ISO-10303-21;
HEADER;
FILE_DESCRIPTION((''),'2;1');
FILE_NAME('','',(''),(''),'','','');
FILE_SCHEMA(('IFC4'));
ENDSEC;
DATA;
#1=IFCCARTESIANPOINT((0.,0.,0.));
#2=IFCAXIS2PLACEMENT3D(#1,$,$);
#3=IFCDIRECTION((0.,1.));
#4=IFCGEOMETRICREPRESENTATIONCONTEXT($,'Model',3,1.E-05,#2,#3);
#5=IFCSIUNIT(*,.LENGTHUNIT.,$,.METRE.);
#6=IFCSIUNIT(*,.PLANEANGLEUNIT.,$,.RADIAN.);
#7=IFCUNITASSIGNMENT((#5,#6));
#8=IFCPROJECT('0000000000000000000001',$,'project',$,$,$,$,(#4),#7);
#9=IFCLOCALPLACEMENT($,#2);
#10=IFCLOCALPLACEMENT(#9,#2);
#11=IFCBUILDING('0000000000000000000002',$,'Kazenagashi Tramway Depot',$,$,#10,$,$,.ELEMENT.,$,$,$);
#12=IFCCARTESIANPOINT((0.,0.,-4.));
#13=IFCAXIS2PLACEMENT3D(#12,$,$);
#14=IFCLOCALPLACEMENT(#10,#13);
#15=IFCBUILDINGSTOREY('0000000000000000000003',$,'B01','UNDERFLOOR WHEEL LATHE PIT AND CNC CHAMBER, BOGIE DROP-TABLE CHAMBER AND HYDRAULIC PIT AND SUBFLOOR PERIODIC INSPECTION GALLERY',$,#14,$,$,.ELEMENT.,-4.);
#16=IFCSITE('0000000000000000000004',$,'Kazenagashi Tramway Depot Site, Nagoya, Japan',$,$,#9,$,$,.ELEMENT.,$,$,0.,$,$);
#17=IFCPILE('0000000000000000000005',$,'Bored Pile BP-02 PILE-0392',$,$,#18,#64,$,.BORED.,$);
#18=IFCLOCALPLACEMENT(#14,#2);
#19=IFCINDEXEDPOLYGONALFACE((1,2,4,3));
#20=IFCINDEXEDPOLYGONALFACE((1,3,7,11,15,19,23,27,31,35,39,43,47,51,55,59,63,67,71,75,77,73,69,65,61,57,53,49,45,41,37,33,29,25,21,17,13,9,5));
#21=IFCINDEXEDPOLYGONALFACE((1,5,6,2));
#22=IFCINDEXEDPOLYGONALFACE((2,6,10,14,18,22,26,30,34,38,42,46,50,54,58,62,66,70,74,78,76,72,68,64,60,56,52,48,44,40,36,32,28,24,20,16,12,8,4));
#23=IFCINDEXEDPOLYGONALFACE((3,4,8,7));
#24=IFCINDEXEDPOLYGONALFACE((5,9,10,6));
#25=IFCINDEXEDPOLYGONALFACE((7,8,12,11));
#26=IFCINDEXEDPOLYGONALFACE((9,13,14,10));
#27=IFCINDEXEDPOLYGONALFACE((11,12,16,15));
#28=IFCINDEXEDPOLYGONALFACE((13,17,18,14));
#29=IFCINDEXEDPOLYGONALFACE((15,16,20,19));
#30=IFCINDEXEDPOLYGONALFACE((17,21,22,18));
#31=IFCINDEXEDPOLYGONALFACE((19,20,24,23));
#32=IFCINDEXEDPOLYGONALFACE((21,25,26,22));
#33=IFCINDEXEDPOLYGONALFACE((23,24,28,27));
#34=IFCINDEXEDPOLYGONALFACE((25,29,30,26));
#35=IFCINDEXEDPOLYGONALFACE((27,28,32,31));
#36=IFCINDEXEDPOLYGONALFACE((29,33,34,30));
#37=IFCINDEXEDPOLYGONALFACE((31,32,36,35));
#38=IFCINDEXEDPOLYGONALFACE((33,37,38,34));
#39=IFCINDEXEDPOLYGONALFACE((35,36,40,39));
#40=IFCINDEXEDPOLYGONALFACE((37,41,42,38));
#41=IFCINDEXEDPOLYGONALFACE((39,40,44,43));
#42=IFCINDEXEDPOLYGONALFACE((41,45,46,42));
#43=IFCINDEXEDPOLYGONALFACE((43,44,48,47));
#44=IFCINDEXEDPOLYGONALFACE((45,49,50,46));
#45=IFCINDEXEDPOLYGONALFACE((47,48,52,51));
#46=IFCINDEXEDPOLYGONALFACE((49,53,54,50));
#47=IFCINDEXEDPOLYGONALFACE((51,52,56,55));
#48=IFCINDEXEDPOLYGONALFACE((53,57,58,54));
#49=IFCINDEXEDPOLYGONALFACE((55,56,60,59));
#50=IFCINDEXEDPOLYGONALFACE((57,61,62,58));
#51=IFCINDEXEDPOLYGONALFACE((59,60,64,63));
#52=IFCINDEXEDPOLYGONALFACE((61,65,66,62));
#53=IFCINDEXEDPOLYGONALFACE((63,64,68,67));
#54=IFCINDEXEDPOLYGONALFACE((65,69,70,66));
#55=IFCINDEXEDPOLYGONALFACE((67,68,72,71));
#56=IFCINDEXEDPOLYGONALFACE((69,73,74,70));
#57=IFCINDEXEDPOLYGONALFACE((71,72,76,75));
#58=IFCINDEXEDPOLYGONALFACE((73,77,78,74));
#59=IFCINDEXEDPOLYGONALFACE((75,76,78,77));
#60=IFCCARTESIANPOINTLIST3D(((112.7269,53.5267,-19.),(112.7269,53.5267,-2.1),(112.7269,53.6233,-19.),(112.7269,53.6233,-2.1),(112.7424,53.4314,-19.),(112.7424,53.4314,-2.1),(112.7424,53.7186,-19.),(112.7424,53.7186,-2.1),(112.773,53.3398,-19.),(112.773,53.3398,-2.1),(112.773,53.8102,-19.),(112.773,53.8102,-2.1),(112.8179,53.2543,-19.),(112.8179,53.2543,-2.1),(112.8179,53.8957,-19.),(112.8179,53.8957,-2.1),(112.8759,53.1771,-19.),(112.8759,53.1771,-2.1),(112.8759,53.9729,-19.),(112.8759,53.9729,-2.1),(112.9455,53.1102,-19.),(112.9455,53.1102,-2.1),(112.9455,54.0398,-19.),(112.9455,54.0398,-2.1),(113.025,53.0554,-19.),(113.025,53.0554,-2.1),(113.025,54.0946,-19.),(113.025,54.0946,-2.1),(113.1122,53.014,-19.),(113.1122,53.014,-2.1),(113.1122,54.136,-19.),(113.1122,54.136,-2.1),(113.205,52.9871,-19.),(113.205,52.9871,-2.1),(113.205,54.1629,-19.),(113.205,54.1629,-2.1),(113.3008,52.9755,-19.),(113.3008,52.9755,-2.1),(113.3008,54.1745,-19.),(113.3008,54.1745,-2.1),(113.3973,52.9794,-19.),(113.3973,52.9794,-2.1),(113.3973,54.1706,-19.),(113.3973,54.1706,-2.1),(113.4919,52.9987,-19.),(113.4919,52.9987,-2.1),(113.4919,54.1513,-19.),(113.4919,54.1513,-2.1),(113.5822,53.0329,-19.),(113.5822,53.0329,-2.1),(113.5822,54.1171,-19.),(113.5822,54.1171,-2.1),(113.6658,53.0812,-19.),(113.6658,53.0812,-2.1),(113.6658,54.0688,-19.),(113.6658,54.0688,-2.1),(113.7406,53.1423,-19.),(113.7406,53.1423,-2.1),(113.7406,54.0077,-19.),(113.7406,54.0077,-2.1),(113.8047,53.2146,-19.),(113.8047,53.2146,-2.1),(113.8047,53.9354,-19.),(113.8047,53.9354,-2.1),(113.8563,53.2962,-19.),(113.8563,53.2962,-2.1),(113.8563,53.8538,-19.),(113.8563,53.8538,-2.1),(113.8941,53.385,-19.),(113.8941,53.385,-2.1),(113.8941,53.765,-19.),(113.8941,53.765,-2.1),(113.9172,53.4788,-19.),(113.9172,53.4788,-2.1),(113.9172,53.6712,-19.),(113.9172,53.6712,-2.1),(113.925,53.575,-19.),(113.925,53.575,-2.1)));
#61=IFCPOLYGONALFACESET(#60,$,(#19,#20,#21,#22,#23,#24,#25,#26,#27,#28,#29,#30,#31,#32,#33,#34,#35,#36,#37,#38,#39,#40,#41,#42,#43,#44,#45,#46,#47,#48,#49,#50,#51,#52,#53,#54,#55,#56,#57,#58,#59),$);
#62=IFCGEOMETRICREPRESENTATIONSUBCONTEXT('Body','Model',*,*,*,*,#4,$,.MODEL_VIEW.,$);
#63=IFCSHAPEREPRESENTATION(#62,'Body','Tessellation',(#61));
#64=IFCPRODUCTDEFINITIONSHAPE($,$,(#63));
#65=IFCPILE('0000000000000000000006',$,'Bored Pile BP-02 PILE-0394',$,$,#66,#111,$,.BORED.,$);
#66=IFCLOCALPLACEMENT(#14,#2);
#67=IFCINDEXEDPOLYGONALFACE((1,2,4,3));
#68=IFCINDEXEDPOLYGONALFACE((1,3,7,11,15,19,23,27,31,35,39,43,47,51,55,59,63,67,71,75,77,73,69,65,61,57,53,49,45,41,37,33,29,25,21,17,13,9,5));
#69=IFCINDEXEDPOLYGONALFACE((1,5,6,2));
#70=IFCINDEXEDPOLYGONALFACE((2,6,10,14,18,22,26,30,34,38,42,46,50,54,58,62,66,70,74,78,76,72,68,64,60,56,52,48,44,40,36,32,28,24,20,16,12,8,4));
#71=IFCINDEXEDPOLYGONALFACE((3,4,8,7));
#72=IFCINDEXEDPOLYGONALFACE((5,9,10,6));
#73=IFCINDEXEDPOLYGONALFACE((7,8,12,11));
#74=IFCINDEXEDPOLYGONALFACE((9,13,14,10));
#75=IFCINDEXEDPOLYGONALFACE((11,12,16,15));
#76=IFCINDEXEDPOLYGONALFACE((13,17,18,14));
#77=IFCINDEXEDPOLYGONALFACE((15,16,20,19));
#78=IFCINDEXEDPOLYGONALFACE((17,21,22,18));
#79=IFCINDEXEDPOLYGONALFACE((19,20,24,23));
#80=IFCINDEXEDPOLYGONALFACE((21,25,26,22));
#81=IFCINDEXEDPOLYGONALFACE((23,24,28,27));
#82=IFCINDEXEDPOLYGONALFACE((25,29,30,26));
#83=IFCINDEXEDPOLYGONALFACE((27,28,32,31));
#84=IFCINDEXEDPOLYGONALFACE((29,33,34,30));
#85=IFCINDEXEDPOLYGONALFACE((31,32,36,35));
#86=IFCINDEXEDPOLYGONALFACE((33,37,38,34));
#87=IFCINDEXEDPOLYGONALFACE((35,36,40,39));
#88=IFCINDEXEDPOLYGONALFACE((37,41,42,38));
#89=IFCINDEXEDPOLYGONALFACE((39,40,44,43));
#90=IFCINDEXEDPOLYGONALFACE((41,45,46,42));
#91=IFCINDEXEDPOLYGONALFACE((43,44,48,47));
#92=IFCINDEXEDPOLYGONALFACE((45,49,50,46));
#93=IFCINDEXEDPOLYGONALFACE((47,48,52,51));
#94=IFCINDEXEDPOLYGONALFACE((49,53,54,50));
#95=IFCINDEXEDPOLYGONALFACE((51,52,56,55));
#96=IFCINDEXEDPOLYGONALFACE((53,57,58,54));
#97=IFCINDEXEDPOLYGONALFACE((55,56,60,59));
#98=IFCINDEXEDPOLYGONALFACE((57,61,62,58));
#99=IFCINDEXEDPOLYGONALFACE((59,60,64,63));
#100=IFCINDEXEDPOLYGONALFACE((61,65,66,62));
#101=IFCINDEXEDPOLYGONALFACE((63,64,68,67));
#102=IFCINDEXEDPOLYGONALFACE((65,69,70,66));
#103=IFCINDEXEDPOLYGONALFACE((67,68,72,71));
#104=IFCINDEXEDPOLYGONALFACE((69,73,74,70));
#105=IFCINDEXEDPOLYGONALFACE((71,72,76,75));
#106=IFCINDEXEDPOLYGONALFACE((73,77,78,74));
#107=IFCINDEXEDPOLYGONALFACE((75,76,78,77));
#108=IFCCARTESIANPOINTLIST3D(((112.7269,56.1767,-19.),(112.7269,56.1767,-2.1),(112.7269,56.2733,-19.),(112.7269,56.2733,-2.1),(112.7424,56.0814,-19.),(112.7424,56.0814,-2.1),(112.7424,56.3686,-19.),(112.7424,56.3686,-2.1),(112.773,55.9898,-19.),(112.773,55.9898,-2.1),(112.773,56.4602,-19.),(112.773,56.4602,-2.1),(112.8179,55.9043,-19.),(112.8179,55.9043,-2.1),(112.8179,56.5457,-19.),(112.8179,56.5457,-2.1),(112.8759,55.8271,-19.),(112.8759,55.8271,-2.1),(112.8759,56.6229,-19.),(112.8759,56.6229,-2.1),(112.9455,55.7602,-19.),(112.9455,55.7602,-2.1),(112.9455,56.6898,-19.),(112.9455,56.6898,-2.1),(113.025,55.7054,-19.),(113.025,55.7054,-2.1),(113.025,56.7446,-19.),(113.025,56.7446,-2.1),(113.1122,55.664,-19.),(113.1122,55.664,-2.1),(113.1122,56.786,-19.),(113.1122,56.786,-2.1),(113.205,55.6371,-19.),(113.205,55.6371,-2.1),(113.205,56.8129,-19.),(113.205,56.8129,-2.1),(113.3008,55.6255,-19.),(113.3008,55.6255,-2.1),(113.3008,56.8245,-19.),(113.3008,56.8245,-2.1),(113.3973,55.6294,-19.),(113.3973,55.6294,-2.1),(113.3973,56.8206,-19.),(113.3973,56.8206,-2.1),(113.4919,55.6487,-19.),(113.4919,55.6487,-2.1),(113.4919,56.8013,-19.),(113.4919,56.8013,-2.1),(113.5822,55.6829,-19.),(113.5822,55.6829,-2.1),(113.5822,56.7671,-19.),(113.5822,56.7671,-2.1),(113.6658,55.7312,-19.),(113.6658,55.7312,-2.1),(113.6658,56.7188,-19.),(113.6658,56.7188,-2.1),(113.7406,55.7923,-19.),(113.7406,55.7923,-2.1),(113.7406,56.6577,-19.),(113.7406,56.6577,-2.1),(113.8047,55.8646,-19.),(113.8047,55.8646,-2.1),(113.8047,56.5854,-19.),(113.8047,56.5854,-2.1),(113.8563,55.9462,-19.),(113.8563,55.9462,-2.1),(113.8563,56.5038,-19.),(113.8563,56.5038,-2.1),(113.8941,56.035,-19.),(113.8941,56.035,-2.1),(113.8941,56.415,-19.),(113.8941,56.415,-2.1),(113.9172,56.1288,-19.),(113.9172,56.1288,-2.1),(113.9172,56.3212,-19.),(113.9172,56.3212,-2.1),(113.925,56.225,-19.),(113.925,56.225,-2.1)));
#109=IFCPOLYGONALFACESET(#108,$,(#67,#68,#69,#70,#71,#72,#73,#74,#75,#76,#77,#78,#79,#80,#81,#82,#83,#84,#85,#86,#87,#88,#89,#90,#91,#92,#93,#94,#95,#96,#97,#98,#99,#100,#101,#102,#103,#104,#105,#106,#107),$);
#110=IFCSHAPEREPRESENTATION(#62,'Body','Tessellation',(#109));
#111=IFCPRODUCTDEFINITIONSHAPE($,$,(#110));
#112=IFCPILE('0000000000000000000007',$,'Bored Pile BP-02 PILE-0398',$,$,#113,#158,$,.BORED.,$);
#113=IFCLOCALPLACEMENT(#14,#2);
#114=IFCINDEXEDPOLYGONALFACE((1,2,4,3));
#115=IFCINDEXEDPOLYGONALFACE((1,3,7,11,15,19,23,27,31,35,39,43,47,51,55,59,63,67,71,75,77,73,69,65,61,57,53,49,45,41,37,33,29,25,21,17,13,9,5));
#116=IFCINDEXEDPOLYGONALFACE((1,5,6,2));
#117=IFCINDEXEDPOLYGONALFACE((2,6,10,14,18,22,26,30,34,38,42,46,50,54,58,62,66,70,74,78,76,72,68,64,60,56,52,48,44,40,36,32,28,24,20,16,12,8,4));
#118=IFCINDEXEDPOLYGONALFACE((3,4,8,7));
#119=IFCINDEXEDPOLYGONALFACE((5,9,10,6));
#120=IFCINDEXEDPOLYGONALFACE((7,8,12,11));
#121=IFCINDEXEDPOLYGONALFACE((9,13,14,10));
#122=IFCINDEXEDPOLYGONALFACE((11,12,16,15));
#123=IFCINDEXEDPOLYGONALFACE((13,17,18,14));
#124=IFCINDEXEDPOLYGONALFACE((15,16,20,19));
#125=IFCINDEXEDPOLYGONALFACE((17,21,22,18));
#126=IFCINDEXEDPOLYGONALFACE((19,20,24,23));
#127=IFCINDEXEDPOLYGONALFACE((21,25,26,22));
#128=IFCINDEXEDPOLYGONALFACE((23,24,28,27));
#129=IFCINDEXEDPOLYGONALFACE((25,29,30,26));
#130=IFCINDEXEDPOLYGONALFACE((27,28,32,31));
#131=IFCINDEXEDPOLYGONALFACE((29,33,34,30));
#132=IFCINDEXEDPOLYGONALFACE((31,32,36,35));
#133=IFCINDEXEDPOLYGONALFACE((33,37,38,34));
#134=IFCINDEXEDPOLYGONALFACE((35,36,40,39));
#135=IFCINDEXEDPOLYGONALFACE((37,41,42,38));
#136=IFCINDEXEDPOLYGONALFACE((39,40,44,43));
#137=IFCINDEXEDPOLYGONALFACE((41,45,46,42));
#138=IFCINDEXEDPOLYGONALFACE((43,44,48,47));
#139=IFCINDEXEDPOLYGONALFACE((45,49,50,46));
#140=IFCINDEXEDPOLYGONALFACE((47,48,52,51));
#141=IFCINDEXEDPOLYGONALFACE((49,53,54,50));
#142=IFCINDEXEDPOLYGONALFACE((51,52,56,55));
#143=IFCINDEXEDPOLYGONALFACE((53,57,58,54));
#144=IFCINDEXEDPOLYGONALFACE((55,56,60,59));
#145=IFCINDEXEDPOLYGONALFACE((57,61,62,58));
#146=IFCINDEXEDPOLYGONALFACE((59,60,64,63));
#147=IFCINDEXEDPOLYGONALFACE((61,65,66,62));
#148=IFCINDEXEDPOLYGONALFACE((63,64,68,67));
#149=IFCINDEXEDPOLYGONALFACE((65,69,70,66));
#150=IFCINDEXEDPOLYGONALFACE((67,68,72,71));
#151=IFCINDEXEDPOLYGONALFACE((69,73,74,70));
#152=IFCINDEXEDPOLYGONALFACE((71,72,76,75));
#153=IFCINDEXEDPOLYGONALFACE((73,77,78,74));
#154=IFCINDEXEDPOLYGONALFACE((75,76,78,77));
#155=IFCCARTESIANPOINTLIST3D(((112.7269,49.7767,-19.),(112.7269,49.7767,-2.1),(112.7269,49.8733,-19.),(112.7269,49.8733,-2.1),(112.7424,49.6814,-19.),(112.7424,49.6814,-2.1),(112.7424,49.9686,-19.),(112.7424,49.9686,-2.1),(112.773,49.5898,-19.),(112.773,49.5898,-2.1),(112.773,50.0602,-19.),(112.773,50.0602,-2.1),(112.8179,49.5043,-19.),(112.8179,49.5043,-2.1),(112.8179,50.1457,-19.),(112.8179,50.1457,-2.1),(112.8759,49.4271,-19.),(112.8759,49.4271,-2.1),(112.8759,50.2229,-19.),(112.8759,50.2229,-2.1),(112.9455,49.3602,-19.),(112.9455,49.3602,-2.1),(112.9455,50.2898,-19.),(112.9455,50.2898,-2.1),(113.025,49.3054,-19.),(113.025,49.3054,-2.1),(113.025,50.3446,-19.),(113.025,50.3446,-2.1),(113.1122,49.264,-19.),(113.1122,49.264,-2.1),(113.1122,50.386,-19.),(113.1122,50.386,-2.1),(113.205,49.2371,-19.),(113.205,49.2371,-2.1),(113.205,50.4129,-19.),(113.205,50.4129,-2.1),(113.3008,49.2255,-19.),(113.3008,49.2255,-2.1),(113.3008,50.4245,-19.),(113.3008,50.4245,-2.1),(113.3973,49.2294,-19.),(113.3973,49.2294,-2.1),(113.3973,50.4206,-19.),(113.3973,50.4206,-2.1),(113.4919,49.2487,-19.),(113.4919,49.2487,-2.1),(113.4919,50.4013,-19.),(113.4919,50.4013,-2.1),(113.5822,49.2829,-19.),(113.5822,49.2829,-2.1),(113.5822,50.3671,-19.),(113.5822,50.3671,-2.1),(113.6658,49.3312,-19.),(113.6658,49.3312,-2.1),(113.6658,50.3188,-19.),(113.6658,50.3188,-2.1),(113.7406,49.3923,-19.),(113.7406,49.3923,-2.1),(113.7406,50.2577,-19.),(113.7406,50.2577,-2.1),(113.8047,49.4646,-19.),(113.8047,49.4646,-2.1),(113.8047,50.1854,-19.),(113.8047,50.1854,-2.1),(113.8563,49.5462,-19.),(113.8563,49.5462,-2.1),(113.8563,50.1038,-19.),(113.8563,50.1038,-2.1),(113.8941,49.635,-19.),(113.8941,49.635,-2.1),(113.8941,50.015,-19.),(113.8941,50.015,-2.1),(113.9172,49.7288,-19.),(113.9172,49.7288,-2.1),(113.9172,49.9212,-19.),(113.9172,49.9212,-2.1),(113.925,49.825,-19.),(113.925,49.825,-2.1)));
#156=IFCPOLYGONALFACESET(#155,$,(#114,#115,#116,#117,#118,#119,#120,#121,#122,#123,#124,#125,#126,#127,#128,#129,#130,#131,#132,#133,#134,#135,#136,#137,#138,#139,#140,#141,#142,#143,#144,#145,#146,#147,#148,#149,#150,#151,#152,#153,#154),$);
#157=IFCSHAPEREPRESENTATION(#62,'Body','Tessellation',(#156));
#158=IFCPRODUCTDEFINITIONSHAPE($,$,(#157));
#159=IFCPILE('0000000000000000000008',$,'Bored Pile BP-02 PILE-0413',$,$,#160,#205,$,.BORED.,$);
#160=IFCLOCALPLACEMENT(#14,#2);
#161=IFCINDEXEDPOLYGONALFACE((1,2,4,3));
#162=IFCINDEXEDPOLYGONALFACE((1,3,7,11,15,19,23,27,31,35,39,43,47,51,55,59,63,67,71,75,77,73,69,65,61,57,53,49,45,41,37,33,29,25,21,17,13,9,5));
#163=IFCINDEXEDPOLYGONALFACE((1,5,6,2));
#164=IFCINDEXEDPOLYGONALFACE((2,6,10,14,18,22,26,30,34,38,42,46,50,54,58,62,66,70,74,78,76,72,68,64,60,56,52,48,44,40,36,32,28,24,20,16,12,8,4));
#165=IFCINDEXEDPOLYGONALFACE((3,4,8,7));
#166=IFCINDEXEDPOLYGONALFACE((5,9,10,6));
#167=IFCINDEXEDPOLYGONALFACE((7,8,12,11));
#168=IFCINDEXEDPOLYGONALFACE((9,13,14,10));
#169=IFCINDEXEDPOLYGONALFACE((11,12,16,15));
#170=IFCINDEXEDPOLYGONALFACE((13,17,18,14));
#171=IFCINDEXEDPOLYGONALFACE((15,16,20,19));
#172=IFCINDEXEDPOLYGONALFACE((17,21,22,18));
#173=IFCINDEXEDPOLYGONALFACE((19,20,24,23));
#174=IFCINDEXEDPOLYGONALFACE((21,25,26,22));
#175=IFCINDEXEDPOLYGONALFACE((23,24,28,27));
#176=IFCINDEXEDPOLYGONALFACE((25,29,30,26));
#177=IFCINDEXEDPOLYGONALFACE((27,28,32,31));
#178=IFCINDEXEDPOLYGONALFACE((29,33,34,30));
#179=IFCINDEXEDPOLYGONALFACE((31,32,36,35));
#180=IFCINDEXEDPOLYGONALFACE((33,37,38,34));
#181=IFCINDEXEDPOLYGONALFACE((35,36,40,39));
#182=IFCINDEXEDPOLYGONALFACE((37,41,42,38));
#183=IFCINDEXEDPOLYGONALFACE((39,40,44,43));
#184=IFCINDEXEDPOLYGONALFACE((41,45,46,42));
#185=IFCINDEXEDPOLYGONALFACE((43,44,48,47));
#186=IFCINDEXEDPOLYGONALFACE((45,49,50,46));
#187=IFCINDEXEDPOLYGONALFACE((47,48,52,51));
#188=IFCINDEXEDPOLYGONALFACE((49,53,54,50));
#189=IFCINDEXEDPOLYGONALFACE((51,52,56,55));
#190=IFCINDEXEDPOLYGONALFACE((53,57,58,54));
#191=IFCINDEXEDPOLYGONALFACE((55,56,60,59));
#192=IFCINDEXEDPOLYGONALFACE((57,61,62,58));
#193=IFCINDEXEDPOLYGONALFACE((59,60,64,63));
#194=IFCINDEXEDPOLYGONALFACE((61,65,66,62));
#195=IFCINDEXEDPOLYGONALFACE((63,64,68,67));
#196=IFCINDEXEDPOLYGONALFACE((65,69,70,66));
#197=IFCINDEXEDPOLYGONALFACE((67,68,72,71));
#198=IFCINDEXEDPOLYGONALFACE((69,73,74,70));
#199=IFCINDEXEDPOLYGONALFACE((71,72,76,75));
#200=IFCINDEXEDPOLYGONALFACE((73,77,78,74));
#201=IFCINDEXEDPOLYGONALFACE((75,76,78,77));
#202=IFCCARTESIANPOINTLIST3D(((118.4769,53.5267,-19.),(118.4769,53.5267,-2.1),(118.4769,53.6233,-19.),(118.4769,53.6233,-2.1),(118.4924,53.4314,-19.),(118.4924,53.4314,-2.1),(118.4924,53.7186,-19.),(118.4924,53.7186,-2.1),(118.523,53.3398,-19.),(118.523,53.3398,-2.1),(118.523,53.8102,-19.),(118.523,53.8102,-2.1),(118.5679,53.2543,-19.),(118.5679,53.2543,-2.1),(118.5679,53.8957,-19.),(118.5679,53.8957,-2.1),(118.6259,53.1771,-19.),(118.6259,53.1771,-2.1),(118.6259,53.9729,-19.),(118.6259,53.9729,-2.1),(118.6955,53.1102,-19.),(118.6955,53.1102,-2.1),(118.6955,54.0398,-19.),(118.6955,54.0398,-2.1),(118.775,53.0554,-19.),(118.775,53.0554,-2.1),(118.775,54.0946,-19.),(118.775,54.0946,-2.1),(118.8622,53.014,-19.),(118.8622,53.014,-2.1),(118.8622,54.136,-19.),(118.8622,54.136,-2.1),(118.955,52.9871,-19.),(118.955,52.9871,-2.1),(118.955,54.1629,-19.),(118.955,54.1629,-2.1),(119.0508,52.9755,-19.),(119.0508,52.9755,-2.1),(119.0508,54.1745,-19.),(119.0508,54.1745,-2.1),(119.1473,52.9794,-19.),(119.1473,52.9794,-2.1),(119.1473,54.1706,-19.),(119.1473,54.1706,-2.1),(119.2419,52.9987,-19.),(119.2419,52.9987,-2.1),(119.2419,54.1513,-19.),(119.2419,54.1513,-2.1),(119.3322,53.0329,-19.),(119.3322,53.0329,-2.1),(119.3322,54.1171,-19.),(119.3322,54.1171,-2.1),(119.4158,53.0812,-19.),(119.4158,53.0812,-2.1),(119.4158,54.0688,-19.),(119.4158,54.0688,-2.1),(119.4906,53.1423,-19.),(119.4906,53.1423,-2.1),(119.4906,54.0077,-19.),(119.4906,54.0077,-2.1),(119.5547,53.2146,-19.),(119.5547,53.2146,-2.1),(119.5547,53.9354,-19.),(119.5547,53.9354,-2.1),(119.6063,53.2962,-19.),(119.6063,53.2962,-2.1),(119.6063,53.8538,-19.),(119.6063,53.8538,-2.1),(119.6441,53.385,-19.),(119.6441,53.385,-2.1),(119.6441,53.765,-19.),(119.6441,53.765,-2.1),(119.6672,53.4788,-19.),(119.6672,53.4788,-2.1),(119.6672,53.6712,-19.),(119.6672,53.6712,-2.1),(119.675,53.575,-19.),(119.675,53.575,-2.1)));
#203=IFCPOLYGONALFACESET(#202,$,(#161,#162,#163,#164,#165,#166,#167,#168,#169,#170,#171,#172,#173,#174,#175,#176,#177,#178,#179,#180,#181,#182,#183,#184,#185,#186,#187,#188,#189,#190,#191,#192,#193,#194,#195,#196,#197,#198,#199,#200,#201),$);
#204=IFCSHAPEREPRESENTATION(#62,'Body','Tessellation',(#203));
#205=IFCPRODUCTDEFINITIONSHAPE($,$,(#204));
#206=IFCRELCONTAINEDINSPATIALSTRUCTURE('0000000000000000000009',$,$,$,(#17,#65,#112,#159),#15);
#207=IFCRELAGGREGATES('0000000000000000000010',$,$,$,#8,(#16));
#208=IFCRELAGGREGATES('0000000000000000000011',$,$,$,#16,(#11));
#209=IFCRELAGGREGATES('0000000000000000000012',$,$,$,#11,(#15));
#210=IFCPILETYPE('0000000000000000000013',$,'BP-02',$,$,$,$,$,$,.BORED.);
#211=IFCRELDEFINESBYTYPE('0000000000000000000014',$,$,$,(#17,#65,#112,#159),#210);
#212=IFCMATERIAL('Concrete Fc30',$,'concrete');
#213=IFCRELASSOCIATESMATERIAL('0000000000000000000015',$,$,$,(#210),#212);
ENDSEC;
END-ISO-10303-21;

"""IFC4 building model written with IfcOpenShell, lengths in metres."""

from ifc_helpers import new_model, si_unit, direction, frame, origin, origin_2d, place, context, subcontext, project, spatial, circle, extrude, material, material_profile, profile_set, type_object, element, save


model = new_model("IFC4")

# Units and contexts
model_context = context("Model", 3, precision=1e-05, world=origin(), true_north=direction((0.0, 1.0)))
body_context = subcontext(model_context, "Body", "Model", "MODEL_VIEW")
ifc_project = project(units=[si_unit("LENGTHUNIT", "METRE"), si_unit("PLANEANGLEUNIT", "RADIAN")], contexts=[model_context])

# Site, building, storey
site_placement = place(None, origin())
site = spatial("IfcSite", under=ifc_project, at=site_placement, Name="Kazenagashi Tramway Depot Site, Nagoya, Japan", CompositionType="ELEMENT", RefElevation=0.0)
building_placement = place(site_placement, origin())
building = spatial("IfcBuilding", under=site, at=building_placement, Name="Kazenagashi Tramway Depot", CompositionType="ELEMENT")
storey_placement = place(building_placement, frame((0.0, 0.0, -4.0)))
storey = spatial("IfcBuildingStorey", under=building, at=storey_placement, Name="B01", Description="UNDERFLOOR WHEEL LATHE PIT AND CNC CHAMBER, BOGIE DROP-TABLE CHAMBER AND HYDRAULIC PIT AND SUBFLOOR PERIODIC INSPECTION GALLERY", CompositionType="ELEMENT", Elevation=-4.0)

# Piles
ifc_material_1 = material(Name="Concrete Fc30", Category="concrete")
ifc_material_profile_1 = material_profile(ifc_material_1, circle(Radius=0.6, at=origin_2d()), Name="PILE-1200")
ifc_profile_set_1 = profile_set([ifc_material_profile_1], Name="Concrete Fc30")
pile_type = type_object("IfcPileType", Name="BP-02", PredefinedType="BORED", material=ifc_profile_set_1)
for number, where, z_axis, x_axis, name in (
    (1, (113.325, 53.575, -2.1), (0.0, 0.0, -1.0), (1.0, 0.0, 0.0), "Bored Pile BP-02 PILE-0392"),
    (2, (113.325, 56.225, -2.1), (0.0, 0.0, -1.0), (1.0, 0.0, 0.0), "Bored Pile BP-02 PILE-0394"),
    (3, (113.325, 49.825, -2.1), (0.0, 0.0, -1.0), (1.0, 0.0, 0.0), "Bored Pile BP-02 PILE-0398"),
    (4, (119.075, 53.575, -2.1), (0.0, 0.0, -1.0), (1.0, 0.0, 0.0), "Bored Pile BP-02 PILE-0413"),
):
    element("IfcPile", number, at=place(storey_placement, frame(where, z_axis=z_axis, x_axis=x_axis)), inside=storey, type_object=pile_type, Name=name, PredefinedType="BORED", context=body_context, shape_type="SweptSolid", body=[
        extrude(circle(Radius=0.6, at=origin_2d()), origin(), (0.0, 0.0, 1.0), 16.9),
    ])

save(model, "model.ifc")
